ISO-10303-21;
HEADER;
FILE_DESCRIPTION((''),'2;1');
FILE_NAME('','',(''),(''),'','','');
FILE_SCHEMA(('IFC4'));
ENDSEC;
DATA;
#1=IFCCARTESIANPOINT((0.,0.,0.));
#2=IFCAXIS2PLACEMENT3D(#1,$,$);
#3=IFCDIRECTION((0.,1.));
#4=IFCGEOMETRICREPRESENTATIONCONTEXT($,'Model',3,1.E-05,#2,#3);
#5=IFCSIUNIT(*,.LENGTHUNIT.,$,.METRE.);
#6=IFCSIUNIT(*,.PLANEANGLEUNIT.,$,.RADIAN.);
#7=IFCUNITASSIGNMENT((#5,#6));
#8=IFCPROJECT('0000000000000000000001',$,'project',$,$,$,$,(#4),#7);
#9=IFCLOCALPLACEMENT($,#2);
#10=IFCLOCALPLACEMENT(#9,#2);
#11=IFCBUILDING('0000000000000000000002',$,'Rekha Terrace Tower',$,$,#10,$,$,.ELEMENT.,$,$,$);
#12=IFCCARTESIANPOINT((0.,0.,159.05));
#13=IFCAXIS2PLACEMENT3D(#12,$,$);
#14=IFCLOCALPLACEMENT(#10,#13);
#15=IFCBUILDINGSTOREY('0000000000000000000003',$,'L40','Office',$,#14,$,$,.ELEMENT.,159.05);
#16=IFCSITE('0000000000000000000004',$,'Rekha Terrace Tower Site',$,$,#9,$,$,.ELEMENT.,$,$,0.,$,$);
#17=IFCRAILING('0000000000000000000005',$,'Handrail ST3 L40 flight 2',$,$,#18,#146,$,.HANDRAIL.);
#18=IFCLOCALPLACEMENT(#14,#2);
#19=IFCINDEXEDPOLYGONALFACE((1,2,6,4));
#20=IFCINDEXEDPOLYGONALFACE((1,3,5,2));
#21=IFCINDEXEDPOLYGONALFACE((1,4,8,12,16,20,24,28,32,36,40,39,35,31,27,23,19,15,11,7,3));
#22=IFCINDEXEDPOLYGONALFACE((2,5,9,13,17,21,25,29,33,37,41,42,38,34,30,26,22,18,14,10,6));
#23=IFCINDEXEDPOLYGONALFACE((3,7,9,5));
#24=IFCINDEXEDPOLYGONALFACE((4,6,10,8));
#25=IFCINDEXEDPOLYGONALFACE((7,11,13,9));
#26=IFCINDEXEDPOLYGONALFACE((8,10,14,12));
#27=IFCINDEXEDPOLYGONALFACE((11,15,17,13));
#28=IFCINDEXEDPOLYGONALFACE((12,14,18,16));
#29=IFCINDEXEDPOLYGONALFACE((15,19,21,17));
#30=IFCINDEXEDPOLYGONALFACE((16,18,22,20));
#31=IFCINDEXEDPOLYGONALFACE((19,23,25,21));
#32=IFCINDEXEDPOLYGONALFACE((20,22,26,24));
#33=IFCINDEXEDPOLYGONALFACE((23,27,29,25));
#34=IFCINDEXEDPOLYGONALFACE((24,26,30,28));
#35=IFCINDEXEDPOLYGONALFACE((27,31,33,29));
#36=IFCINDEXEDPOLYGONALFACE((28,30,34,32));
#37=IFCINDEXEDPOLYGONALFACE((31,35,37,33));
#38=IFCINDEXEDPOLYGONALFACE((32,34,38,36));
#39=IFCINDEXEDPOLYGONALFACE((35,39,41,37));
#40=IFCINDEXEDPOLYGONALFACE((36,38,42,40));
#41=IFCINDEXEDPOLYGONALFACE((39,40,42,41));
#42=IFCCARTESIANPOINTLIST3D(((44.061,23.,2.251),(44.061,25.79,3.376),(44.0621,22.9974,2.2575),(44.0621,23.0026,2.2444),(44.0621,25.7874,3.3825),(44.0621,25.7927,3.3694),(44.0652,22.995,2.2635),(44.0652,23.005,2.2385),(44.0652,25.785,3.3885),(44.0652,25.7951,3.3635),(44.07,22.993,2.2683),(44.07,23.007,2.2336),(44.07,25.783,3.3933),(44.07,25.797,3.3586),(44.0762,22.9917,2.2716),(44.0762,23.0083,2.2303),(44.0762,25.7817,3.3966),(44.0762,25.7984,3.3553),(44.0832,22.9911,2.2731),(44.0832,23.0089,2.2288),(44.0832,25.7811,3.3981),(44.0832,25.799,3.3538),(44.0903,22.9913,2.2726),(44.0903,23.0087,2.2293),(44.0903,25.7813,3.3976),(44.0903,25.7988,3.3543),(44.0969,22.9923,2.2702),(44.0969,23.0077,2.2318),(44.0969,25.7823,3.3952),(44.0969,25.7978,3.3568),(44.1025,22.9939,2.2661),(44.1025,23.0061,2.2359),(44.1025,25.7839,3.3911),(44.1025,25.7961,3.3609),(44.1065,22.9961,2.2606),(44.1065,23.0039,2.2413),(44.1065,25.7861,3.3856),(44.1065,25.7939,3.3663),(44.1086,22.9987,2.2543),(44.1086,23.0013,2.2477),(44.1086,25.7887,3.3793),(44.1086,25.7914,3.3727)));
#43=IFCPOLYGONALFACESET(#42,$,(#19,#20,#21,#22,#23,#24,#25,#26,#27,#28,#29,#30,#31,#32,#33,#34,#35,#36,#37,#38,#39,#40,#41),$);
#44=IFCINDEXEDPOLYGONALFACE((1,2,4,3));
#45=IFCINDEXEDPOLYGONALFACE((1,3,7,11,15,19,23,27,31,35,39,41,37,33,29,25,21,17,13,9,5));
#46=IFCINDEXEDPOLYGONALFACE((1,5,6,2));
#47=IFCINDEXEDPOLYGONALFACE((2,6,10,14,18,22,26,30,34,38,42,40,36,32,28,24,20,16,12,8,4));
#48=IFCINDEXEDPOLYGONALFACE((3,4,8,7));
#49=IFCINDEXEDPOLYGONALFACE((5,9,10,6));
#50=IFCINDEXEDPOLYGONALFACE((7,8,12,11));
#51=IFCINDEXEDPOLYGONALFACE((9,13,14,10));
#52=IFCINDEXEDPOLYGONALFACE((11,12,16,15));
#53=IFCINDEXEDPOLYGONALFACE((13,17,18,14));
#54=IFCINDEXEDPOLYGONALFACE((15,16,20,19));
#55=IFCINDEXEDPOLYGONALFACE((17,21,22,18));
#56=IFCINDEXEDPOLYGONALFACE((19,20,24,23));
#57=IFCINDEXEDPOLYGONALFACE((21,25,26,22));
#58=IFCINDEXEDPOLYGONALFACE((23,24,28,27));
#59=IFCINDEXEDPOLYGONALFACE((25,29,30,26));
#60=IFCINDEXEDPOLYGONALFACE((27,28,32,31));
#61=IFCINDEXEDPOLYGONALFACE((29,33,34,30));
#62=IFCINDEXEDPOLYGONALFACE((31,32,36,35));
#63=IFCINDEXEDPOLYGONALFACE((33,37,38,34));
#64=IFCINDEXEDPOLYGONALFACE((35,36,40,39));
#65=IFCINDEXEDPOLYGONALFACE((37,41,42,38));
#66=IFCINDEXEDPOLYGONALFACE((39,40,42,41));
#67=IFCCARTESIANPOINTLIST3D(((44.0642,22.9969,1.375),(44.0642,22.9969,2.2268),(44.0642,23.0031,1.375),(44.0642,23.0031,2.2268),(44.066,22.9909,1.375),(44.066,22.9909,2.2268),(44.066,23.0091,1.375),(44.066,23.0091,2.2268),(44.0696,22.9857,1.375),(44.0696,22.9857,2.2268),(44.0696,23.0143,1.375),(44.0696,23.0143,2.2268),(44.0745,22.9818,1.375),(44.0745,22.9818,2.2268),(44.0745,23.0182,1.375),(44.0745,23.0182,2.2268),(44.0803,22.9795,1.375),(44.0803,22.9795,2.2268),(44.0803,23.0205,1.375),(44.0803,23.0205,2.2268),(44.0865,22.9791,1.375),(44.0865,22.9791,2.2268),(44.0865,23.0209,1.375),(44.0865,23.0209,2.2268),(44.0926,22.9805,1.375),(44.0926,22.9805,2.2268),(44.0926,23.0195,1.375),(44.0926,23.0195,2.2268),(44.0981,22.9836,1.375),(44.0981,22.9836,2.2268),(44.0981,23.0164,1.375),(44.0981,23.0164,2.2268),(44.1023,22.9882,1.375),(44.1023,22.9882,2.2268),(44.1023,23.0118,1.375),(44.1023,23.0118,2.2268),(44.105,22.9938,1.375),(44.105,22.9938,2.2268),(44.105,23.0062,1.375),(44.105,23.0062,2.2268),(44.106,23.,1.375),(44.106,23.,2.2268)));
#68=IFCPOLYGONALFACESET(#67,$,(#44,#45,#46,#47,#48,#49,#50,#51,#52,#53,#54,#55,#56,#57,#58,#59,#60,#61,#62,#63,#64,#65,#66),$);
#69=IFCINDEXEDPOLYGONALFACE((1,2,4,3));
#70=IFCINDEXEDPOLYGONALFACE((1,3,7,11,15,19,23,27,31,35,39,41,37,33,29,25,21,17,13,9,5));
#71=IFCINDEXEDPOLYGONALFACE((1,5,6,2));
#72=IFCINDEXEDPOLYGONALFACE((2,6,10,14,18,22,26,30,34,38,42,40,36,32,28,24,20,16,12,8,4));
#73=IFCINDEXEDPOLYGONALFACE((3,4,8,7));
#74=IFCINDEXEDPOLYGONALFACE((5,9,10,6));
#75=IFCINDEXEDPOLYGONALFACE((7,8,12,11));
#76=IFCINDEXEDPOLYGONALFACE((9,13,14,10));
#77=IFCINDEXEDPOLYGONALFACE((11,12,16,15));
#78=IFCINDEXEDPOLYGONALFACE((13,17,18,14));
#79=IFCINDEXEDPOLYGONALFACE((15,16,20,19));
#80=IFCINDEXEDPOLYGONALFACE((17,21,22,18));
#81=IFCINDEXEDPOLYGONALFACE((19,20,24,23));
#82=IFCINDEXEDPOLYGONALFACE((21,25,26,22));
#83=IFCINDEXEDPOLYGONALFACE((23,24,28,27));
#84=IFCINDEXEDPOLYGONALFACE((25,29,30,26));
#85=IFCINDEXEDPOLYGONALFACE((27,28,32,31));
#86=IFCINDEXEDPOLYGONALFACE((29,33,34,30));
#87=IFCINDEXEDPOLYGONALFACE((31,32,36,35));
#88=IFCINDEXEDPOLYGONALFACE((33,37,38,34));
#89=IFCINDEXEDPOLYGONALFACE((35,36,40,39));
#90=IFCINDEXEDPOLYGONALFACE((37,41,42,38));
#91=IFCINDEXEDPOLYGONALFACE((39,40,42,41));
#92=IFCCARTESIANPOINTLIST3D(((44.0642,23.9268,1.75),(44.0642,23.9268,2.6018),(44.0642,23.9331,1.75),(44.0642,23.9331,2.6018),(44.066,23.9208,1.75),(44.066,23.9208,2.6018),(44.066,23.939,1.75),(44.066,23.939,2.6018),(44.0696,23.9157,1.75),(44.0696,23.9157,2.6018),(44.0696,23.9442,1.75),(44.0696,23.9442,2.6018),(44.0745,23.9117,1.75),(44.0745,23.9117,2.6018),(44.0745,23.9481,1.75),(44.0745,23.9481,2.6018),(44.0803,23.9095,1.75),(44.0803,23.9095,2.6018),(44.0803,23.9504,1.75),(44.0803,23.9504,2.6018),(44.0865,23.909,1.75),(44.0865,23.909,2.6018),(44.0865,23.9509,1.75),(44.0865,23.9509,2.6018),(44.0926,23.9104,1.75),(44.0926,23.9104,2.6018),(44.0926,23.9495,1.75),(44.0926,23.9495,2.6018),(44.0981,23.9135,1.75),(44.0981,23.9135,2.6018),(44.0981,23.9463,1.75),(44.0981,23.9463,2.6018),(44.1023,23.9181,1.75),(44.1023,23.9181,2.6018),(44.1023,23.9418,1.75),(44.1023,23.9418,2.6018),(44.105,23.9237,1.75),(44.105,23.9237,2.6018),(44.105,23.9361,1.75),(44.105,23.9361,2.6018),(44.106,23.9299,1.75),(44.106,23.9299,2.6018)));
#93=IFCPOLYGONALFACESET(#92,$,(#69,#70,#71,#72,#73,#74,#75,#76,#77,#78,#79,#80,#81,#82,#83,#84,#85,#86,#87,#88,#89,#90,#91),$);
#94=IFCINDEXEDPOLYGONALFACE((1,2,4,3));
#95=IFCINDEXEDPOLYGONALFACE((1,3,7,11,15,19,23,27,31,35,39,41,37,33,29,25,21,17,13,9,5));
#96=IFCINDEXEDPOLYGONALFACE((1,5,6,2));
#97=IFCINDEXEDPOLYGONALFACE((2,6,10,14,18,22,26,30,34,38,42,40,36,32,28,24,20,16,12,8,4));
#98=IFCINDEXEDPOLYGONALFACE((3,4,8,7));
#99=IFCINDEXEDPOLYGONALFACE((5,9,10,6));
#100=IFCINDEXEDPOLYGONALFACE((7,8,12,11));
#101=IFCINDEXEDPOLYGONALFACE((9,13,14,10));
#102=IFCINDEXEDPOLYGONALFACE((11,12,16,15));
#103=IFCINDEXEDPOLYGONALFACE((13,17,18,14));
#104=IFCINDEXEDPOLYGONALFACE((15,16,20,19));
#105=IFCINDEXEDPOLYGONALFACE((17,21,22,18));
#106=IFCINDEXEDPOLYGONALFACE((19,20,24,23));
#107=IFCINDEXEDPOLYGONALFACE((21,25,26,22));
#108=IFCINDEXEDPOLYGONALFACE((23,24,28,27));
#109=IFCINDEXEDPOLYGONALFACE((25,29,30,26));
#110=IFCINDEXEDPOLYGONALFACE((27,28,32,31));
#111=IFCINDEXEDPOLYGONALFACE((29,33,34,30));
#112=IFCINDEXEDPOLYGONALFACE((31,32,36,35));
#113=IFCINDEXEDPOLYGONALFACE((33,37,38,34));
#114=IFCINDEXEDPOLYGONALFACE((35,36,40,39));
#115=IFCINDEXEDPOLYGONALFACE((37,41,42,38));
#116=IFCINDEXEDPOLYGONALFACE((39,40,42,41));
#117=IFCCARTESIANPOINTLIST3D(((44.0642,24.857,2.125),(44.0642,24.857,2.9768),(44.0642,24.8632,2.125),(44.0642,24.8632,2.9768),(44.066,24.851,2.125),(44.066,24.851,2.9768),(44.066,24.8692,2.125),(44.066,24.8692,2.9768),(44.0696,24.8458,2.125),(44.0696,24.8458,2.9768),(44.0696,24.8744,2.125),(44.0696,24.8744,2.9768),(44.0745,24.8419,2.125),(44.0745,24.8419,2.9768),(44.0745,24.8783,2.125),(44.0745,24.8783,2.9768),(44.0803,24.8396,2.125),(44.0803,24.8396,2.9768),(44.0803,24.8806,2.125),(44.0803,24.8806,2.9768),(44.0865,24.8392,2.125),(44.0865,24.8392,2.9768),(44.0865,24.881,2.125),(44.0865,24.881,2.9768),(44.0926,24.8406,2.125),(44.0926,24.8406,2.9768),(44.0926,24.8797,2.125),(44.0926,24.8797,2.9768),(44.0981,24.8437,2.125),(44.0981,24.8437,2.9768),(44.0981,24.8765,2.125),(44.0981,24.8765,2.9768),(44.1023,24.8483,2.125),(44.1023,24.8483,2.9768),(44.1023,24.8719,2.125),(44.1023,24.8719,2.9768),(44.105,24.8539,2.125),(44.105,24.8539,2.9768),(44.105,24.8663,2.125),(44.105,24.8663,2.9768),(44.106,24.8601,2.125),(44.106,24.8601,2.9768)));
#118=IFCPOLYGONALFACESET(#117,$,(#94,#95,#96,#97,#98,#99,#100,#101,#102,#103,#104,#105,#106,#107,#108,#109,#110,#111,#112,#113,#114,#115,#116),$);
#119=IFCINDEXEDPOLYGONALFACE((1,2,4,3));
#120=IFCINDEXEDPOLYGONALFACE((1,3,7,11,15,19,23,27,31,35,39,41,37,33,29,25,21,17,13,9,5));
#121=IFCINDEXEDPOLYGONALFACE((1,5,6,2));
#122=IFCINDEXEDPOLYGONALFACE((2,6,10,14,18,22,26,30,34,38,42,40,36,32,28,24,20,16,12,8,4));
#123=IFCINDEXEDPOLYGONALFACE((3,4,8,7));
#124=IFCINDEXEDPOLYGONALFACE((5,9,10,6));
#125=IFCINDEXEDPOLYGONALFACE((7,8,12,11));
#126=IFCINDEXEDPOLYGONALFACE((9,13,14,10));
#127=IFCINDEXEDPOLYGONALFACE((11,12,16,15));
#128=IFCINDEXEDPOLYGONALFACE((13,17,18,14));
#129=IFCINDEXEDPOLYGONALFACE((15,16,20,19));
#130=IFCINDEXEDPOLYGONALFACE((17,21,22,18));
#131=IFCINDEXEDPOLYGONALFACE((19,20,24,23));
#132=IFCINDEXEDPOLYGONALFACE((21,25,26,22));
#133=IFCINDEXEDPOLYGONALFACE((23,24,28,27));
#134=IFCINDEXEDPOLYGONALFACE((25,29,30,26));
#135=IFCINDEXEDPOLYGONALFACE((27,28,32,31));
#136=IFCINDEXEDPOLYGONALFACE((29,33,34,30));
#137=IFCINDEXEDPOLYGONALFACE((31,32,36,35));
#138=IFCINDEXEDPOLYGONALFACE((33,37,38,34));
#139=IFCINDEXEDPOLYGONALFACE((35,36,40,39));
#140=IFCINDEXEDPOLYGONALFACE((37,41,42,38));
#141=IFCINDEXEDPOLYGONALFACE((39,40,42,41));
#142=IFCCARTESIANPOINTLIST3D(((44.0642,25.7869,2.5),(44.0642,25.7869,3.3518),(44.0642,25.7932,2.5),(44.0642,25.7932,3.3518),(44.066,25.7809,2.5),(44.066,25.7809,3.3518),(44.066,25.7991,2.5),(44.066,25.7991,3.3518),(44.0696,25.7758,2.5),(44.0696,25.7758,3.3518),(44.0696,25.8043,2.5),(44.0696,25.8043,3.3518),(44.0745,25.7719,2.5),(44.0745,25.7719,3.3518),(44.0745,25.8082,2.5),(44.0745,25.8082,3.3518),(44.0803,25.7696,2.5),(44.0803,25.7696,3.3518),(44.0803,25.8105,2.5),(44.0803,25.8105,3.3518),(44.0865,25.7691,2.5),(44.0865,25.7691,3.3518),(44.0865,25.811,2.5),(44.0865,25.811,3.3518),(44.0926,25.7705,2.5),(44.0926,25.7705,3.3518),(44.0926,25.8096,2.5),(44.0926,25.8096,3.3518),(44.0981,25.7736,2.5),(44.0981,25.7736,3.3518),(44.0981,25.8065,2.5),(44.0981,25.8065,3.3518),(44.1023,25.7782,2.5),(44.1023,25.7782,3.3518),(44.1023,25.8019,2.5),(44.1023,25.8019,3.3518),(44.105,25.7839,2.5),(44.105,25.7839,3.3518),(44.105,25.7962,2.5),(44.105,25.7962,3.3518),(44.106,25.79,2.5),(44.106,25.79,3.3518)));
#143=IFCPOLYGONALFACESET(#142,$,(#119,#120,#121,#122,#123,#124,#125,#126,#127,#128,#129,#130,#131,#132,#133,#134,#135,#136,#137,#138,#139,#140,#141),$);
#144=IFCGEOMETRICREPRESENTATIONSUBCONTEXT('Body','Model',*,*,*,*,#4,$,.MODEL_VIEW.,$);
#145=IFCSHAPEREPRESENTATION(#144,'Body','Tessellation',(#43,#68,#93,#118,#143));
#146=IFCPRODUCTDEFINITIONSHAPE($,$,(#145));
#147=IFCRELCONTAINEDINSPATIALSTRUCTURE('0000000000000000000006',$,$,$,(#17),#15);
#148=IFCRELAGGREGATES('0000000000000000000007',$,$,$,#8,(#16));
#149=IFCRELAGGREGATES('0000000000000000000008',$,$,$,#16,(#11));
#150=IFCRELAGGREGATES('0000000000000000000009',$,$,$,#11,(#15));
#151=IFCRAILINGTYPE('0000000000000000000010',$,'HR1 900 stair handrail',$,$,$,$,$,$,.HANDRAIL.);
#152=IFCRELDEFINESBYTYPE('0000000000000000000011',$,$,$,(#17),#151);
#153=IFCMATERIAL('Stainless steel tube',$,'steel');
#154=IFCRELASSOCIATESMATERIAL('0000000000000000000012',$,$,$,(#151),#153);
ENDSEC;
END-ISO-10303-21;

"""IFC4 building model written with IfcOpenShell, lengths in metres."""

from ifc_helpers import new_model, si_unit, direction, frame, origin, origin_2d, place, context, subcontext, project, spatial, circle, extrude, material, type_object, element, save


model = new_model("IFC4")

# Units and contexts
model_context = context("Model", 3, precision=1e-05, world=origin(), true_north=direction((0.0, 1.0)))
body_context = subcontext(model_context, "Body", "Model", "MODEL_VIEW")
ifc_project = project(units=[si_unit("LENGTHUNIT", "METRE"), si_unit("PLANEANGLEUNIT", "RADIAN")], contexts=[model_context])

# Site, building, storey
site_placement = place(None, origin())
site = spatial("IfcSite", under=ifc_project, at=site_placement, Name="Rekha Terrace Tower Site", CompositionType="ELEMENT", RefElevation=0.0)
building_placement = place(site_placement, origin())
building = spatial("IfcBuilding", under=site, at=building_placement, Name="Rekha Terrace Tower", CompositionType="ELEMENT")
storey_placement = place(building_placement, frame((0.0, 0.0, 159.05)))
storey = spatial("IfcBuildingStorey", under=building, at=storey_placement, Name="L40", Description="Office", CompositionType="ELEMENT", Elevation=159.05)

# Railing
ifc_material_1 = material(Name="Stainless steel tube", Category="steel")
railing_type_1 = type_object("IfcRailingType", Name="HR1 900 stair handrail", PredefinedType="HANDRAIL", material=ifc_material_1)
railing_1_placement = place(storey_placement, frame((44.085, 23.0, 1.375)))
element("IfcRailing", 1, at=railing_1_placement, inside=storey, type_object=railing_type_1, Name="Handrail ST3 L40 flight 2", PredefinedType="HANDRAIL", context=body_context, shape_type="SweptSolid", body=[
    extrude(circle(Radius=0.0239, at=origin_2d()), frame((0.0, 0.0, 0.876), z_axis=(0.0, 0.927443, 0.373964), x_axis=(-1.0, 0.0, 0.0)), (0.0, 0.0, 1.0), 3.0083),
    extrude(circle(Radius=0.021, at=origin_2d()), origin(), (0.0, 0.0, 1.0), 0.8518),
    extrude(circle(Radius=0.021, at=origin_2d()), frame((0.0, 0.9299, 0.375)), (0.0, 0.0, 1.0), 0.8518),
    extrude(circle(Radius=0.021, at=origin_2d()), frame((0.0, 1.8601, 0.75)), (0.0, 0.0, 1.0), 0.8518),
    extrude(circle(Radius=0.021, at=origin_2d()), frame((0.0, 2.79, 1.125)), (0.0, 0.0, 1.0), 0.8518),
])

save(model, "model.ifc")
